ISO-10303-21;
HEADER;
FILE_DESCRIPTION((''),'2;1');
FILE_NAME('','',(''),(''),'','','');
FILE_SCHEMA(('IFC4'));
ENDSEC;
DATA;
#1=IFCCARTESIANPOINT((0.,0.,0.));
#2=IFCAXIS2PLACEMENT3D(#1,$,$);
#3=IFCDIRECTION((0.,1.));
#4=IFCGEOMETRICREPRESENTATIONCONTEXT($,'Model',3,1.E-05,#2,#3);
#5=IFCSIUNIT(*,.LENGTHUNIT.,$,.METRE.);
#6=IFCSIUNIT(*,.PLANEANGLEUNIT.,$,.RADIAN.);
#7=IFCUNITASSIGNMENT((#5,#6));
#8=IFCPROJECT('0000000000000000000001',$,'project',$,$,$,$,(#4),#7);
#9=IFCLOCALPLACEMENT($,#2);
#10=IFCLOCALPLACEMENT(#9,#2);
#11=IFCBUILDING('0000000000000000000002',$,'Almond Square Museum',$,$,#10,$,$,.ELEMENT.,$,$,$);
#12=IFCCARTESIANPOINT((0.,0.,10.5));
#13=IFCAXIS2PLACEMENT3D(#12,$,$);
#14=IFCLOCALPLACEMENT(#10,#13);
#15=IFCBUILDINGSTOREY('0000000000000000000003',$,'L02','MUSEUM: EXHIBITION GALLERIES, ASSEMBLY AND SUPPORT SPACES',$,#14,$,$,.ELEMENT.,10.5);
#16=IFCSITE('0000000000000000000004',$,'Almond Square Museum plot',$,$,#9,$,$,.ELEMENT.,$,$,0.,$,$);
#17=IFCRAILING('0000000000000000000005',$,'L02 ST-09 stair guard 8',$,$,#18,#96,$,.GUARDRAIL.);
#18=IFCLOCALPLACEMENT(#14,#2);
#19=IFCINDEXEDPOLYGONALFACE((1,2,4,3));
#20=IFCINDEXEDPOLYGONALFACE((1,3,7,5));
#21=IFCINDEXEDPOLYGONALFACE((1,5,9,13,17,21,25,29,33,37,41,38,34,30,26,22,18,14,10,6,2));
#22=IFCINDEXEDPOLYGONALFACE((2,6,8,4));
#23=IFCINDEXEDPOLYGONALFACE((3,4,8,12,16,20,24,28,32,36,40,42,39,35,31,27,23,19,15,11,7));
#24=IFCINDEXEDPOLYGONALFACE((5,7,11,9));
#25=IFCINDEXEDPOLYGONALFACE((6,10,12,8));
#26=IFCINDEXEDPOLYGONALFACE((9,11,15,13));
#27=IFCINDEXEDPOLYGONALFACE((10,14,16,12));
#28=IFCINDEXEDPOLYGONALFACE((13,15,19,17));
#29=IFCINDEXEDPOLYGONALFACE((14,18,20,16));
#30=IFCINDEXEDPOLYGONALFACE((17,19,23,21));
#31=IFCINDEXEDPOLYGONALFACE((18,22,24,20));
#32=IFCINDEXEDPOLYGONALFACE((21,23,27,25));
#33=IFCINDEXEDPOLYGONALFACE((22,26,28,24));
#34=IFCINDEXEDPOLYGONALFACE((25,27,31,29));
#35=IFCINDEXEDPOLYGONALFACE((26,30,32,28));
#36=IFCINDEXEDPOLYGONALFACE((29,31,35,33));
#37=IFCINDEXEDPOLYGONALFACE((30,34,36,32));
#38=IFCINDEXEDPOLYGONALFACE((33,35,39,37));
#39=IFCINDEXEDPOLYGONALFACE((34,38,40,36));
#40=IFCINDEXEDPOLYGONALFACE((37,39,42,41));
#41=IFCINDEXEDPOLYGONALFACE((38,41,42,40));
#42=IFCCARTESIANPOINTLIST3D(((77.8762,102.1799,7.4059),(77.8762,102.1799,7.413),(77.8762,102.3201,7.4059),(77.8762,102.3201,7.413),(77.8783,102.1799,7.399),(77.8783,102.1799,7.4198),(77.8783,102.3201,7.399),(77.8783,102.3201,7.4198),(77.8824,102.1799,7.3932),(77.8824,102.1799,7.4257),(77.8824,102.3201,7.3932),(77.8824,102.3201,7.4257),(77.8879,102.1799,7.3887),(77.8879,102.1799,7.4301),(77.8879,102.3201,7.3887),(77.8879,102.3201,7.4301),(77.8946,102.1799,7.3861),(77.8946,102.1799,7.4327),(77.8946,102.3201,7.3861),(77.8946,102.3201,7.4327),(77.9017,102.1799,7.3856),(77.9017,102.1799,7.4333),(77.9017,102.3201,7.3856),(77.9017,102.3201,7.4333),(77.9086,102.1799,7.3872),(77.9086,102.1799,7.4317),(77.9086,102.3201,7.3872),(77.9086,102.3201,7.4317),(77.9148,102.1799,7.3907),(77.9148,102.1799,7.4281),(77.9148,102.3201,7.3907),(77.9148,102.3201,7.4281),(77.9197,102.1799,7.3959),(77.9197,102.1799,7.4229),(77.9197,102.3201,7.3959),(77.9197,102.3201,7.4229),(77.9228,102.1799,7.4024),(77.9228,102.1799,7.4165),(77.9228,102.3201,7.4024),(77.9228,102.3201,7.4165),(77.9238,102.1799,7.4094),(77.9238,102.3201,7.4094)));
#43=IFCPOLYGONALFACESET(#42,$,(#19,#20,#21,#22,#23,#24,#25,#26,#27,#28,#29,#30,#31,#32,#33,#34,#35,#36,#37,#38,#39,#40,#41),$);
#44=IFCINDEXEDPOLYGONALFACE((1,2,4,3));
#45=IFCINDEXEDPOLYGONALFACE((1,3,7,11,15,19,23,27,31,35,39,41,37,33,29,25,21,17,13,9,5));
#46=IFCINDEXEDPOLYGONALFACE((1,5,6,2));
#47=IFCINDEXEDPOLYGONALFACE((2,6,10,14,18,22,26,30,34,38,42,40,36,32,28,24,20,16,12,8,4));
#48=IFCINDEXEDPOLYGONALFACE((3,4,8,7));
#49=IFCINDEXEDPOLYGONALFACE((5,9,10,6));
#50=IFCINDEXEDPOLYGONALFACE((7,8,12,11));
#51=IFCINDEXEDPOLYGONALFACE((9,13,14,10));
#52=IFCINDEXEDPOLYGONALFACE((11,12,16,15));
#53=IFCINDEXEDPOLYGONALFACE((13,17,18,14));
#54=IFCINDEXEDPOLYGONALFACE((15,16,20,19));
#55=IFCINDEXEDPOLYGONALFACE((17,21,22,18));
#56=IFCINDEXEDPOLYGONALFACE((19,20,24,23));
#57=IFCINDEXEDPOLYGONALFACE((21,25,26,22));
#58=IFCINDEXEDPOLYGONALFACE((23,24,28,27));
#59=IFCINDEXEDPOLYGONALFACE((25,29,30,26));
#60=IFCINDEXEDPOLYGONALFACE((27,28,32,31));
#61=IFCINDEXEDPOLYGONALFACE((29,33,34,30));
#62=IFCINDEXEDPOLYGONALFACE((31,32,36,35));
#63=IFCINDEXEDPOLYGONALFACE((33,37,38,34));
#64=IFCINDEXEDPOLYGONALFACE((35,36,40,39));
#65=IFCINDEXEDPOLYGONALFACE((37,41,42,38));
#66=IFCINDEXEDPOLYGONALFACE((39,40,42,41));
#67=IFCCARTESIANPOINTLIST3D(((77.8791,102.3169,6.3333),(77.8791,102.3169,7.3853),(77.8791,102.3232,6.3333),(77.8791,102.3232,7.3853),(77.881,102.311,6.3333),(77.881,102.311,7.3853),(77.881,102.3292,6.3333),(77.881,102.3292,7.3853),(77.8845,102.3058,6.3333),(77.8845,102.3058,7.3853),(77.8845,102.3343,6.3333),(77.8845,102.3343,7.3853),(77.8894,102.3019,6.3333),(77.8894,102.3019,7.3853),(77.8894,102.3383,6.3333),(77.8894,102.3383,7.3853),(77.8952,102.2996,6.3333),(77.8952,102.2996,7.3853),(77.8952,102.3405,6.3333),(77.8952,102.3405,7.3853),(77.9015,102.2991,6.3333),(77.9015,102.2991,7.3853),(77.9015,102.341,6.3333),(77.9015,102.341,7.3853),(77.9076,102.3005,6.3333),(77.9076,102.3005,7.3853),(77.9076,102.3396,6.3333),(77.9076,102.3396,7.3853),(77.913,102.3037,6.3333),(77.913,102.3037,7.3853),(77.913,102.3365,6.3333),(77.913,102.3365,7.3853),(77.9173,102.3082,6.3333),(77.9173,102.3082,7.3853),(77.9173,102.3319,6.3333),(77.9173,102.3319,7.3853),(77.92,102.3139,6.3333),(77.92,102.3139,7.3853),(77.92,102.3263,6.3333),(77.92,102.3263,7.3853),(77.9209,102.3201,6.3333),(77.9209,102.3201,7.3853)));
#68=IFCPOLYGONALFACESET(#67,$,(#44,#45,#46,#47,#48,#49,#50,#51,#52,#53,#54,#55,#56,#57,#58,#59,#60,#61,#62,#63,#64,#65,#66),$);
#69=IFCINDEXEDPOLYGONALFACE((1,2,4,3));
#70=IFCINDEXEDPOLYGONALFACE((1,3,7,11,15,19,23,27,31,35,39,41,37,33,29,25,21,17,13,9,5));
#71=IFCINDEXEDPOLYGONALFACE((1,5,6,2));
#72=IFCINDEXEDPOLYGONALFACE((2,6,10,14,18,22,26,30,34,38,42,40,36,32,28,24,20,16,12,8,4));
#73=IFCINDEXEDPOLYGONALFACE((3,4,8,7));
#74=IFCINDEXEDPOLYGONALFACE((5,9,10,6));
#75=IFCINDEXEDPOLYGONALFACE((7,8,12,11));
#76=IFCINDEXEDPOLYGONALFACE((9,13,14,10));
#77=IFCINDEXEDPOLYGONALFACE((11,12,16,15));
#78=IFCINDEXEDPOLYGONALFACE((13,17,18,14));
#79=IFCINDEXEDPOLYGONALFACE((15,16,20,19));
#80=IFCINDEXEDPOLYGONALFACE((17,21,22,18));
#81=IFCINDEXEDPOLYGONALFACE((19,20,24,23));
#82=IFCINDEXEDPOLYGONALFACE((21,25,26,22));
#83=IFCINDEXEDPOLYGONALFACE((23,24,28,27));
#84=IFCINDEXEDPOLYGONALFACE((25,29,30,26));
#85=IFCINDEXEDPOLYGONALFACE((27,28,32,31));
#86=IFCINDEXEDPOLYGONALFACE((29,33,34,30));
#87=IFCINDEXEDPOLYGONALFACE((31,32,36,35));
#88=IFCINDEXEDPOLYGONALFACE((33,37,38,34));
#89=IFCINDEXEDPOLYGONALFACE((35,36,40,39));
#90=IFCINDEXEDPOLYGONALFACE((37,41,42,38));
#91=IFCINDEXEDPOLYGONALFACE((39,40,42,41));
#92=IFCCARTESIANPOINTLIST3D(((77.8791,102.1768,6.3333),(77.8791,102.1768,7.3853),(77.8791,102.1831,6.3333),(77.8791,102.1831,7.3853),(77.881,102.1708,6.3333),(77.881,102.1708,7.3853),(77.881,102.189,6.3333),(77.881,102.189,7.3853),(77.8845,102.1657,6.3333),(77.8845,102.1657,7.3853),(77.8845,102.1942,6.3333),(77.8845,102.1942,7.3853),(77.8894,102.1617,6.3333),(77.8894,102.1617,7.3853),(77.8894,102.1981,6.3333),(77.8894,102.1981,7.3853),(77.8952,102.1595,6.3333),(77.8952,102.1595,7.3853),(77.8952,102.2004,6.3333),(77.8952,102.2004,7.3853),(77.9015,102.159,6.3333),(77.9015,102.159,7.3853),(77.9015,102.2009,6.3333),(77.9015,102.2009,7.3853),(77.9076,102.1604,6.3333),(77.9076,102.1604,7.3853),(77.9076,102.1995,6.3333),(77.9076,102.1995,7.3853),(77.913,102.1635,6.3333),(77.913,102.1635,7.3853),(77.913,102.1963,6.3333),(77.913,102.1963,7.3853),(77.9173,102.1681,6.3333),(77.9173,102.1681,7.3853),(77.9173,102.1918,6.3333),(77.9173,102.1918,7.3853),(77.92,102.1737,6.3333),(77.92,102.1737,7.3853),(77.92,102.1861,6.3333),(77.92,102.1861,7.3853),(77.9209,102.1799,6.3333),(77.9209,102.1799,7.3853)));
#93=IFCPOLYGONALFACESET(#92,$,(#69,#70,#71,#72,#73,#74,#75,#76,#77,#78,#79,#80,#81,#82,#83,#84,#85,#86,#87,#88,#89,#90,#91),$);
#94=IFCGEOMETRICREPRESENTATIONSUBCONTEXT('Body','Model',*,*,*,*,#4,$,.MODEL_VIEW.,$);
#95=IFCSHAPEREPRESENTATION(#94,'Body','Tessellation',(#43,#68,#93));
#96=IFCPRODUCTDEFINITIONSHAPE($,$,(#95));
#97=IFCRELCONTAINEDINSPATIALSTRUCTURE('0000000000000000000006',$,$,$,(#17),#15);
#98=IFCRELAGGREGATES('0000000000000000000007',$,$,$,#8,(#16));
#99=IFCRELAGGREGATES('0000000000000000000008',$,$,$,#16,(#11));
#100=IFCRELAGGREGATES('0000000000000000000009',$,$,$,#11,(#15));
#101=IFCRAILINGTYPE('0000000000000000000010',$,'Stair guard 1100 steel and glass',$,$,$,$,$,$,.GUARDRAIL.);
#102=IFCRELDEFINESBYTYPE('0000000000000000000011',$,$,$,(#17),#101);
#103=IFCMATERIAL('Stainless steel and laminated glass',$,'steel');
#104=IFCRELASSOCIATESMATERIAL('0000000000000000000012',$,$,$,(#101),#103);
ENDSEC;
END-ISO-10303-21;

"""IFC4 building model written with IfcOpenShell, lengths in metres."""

from ifc_helpers import new_model, si_unit, direction, frame, origin, origin_2d, place, context, subcontext, project, spatial, circle, extrude, material, type_object, element, save


model = new_model("IFC4")

# Units and contexts
model_context = context("Model", 3, precision=1e-05, world=origin(), true_north=direction((0.0, 1.0)))
body_context = subcontext(model_context, "Body", "Model", "MODEL_VIEW")
ifc_project = project(units=[si_unit("LENGTHUNIT", "METRE"), si_unit("PLANEANGLEUNIT", "RADIAN")], contexts=[model_context])

# Site, building, storey
site_placement = place(None, origin())
site = spatial("IfcSite", under=ifc_project, at=site_placement, Name="Almond Square Museum plot", CompositionType="ELEMENT", RefElevation=0.0)
building_placement = place(site_placement, origin())
building = spatial("IfcBuilding", under=site, at=building_placement, Name="Almond Square Museum", CompositionType="ELEMENT")
storey_placement = place(building_placement, frame((0.0, 0.0, 10.5)))
storey = spatial("IfcBuildingStorey", under=building, at=storey_placement, Name="L02", Description="MUSEUM: EXHIBITION GALLERIES, ASSEMBLY AND SUPPORT SPACES", CompositionType="ELEMENT", Elevation=10.5)

# Railing
ifc_material_1 = material(Name="Stainless steel and laminated glass", Category="steel")
railing_type_1 = type_object("IfcRailingType", Name="Stair guard 1100 steel and glass", PredefinedType="GUARDRAIL", material=ifc_material_1)
railing_1_placement = place(storey_placement, frame((77.8999, 102.3201, 6.3333)))
element("IfcRailing", 1, at=railing_1_placement, inside=storey, type_object=railing_type_1, Name="L02 ST-09 stair guard 8", PredefinedType="GUARDRAIL", context=body_context, shape_type="SweptSolid", body=[
    extrude(circle(Radius=0.0239, at=origin_2d()), frame((0.0, 0.0, 1.0762), z_axis=(0.0, -1.0, 0.0), x_axis=(1.0, 0.0, 0.0)), (0.0, 0.0, 1.0), 0.1401),
    extrude(circle(Radius=0.021, at=origin_2d()), origin(), (0.0, 0.0, 1.0), 1.052),
    extrude(circle(Radius=0.021, at=origin_2d()), frame((0.0, -0.1401, 0.0)), (0.0, 0.0, 1.0), 1.052),
])

save(model, "model.ifc")
